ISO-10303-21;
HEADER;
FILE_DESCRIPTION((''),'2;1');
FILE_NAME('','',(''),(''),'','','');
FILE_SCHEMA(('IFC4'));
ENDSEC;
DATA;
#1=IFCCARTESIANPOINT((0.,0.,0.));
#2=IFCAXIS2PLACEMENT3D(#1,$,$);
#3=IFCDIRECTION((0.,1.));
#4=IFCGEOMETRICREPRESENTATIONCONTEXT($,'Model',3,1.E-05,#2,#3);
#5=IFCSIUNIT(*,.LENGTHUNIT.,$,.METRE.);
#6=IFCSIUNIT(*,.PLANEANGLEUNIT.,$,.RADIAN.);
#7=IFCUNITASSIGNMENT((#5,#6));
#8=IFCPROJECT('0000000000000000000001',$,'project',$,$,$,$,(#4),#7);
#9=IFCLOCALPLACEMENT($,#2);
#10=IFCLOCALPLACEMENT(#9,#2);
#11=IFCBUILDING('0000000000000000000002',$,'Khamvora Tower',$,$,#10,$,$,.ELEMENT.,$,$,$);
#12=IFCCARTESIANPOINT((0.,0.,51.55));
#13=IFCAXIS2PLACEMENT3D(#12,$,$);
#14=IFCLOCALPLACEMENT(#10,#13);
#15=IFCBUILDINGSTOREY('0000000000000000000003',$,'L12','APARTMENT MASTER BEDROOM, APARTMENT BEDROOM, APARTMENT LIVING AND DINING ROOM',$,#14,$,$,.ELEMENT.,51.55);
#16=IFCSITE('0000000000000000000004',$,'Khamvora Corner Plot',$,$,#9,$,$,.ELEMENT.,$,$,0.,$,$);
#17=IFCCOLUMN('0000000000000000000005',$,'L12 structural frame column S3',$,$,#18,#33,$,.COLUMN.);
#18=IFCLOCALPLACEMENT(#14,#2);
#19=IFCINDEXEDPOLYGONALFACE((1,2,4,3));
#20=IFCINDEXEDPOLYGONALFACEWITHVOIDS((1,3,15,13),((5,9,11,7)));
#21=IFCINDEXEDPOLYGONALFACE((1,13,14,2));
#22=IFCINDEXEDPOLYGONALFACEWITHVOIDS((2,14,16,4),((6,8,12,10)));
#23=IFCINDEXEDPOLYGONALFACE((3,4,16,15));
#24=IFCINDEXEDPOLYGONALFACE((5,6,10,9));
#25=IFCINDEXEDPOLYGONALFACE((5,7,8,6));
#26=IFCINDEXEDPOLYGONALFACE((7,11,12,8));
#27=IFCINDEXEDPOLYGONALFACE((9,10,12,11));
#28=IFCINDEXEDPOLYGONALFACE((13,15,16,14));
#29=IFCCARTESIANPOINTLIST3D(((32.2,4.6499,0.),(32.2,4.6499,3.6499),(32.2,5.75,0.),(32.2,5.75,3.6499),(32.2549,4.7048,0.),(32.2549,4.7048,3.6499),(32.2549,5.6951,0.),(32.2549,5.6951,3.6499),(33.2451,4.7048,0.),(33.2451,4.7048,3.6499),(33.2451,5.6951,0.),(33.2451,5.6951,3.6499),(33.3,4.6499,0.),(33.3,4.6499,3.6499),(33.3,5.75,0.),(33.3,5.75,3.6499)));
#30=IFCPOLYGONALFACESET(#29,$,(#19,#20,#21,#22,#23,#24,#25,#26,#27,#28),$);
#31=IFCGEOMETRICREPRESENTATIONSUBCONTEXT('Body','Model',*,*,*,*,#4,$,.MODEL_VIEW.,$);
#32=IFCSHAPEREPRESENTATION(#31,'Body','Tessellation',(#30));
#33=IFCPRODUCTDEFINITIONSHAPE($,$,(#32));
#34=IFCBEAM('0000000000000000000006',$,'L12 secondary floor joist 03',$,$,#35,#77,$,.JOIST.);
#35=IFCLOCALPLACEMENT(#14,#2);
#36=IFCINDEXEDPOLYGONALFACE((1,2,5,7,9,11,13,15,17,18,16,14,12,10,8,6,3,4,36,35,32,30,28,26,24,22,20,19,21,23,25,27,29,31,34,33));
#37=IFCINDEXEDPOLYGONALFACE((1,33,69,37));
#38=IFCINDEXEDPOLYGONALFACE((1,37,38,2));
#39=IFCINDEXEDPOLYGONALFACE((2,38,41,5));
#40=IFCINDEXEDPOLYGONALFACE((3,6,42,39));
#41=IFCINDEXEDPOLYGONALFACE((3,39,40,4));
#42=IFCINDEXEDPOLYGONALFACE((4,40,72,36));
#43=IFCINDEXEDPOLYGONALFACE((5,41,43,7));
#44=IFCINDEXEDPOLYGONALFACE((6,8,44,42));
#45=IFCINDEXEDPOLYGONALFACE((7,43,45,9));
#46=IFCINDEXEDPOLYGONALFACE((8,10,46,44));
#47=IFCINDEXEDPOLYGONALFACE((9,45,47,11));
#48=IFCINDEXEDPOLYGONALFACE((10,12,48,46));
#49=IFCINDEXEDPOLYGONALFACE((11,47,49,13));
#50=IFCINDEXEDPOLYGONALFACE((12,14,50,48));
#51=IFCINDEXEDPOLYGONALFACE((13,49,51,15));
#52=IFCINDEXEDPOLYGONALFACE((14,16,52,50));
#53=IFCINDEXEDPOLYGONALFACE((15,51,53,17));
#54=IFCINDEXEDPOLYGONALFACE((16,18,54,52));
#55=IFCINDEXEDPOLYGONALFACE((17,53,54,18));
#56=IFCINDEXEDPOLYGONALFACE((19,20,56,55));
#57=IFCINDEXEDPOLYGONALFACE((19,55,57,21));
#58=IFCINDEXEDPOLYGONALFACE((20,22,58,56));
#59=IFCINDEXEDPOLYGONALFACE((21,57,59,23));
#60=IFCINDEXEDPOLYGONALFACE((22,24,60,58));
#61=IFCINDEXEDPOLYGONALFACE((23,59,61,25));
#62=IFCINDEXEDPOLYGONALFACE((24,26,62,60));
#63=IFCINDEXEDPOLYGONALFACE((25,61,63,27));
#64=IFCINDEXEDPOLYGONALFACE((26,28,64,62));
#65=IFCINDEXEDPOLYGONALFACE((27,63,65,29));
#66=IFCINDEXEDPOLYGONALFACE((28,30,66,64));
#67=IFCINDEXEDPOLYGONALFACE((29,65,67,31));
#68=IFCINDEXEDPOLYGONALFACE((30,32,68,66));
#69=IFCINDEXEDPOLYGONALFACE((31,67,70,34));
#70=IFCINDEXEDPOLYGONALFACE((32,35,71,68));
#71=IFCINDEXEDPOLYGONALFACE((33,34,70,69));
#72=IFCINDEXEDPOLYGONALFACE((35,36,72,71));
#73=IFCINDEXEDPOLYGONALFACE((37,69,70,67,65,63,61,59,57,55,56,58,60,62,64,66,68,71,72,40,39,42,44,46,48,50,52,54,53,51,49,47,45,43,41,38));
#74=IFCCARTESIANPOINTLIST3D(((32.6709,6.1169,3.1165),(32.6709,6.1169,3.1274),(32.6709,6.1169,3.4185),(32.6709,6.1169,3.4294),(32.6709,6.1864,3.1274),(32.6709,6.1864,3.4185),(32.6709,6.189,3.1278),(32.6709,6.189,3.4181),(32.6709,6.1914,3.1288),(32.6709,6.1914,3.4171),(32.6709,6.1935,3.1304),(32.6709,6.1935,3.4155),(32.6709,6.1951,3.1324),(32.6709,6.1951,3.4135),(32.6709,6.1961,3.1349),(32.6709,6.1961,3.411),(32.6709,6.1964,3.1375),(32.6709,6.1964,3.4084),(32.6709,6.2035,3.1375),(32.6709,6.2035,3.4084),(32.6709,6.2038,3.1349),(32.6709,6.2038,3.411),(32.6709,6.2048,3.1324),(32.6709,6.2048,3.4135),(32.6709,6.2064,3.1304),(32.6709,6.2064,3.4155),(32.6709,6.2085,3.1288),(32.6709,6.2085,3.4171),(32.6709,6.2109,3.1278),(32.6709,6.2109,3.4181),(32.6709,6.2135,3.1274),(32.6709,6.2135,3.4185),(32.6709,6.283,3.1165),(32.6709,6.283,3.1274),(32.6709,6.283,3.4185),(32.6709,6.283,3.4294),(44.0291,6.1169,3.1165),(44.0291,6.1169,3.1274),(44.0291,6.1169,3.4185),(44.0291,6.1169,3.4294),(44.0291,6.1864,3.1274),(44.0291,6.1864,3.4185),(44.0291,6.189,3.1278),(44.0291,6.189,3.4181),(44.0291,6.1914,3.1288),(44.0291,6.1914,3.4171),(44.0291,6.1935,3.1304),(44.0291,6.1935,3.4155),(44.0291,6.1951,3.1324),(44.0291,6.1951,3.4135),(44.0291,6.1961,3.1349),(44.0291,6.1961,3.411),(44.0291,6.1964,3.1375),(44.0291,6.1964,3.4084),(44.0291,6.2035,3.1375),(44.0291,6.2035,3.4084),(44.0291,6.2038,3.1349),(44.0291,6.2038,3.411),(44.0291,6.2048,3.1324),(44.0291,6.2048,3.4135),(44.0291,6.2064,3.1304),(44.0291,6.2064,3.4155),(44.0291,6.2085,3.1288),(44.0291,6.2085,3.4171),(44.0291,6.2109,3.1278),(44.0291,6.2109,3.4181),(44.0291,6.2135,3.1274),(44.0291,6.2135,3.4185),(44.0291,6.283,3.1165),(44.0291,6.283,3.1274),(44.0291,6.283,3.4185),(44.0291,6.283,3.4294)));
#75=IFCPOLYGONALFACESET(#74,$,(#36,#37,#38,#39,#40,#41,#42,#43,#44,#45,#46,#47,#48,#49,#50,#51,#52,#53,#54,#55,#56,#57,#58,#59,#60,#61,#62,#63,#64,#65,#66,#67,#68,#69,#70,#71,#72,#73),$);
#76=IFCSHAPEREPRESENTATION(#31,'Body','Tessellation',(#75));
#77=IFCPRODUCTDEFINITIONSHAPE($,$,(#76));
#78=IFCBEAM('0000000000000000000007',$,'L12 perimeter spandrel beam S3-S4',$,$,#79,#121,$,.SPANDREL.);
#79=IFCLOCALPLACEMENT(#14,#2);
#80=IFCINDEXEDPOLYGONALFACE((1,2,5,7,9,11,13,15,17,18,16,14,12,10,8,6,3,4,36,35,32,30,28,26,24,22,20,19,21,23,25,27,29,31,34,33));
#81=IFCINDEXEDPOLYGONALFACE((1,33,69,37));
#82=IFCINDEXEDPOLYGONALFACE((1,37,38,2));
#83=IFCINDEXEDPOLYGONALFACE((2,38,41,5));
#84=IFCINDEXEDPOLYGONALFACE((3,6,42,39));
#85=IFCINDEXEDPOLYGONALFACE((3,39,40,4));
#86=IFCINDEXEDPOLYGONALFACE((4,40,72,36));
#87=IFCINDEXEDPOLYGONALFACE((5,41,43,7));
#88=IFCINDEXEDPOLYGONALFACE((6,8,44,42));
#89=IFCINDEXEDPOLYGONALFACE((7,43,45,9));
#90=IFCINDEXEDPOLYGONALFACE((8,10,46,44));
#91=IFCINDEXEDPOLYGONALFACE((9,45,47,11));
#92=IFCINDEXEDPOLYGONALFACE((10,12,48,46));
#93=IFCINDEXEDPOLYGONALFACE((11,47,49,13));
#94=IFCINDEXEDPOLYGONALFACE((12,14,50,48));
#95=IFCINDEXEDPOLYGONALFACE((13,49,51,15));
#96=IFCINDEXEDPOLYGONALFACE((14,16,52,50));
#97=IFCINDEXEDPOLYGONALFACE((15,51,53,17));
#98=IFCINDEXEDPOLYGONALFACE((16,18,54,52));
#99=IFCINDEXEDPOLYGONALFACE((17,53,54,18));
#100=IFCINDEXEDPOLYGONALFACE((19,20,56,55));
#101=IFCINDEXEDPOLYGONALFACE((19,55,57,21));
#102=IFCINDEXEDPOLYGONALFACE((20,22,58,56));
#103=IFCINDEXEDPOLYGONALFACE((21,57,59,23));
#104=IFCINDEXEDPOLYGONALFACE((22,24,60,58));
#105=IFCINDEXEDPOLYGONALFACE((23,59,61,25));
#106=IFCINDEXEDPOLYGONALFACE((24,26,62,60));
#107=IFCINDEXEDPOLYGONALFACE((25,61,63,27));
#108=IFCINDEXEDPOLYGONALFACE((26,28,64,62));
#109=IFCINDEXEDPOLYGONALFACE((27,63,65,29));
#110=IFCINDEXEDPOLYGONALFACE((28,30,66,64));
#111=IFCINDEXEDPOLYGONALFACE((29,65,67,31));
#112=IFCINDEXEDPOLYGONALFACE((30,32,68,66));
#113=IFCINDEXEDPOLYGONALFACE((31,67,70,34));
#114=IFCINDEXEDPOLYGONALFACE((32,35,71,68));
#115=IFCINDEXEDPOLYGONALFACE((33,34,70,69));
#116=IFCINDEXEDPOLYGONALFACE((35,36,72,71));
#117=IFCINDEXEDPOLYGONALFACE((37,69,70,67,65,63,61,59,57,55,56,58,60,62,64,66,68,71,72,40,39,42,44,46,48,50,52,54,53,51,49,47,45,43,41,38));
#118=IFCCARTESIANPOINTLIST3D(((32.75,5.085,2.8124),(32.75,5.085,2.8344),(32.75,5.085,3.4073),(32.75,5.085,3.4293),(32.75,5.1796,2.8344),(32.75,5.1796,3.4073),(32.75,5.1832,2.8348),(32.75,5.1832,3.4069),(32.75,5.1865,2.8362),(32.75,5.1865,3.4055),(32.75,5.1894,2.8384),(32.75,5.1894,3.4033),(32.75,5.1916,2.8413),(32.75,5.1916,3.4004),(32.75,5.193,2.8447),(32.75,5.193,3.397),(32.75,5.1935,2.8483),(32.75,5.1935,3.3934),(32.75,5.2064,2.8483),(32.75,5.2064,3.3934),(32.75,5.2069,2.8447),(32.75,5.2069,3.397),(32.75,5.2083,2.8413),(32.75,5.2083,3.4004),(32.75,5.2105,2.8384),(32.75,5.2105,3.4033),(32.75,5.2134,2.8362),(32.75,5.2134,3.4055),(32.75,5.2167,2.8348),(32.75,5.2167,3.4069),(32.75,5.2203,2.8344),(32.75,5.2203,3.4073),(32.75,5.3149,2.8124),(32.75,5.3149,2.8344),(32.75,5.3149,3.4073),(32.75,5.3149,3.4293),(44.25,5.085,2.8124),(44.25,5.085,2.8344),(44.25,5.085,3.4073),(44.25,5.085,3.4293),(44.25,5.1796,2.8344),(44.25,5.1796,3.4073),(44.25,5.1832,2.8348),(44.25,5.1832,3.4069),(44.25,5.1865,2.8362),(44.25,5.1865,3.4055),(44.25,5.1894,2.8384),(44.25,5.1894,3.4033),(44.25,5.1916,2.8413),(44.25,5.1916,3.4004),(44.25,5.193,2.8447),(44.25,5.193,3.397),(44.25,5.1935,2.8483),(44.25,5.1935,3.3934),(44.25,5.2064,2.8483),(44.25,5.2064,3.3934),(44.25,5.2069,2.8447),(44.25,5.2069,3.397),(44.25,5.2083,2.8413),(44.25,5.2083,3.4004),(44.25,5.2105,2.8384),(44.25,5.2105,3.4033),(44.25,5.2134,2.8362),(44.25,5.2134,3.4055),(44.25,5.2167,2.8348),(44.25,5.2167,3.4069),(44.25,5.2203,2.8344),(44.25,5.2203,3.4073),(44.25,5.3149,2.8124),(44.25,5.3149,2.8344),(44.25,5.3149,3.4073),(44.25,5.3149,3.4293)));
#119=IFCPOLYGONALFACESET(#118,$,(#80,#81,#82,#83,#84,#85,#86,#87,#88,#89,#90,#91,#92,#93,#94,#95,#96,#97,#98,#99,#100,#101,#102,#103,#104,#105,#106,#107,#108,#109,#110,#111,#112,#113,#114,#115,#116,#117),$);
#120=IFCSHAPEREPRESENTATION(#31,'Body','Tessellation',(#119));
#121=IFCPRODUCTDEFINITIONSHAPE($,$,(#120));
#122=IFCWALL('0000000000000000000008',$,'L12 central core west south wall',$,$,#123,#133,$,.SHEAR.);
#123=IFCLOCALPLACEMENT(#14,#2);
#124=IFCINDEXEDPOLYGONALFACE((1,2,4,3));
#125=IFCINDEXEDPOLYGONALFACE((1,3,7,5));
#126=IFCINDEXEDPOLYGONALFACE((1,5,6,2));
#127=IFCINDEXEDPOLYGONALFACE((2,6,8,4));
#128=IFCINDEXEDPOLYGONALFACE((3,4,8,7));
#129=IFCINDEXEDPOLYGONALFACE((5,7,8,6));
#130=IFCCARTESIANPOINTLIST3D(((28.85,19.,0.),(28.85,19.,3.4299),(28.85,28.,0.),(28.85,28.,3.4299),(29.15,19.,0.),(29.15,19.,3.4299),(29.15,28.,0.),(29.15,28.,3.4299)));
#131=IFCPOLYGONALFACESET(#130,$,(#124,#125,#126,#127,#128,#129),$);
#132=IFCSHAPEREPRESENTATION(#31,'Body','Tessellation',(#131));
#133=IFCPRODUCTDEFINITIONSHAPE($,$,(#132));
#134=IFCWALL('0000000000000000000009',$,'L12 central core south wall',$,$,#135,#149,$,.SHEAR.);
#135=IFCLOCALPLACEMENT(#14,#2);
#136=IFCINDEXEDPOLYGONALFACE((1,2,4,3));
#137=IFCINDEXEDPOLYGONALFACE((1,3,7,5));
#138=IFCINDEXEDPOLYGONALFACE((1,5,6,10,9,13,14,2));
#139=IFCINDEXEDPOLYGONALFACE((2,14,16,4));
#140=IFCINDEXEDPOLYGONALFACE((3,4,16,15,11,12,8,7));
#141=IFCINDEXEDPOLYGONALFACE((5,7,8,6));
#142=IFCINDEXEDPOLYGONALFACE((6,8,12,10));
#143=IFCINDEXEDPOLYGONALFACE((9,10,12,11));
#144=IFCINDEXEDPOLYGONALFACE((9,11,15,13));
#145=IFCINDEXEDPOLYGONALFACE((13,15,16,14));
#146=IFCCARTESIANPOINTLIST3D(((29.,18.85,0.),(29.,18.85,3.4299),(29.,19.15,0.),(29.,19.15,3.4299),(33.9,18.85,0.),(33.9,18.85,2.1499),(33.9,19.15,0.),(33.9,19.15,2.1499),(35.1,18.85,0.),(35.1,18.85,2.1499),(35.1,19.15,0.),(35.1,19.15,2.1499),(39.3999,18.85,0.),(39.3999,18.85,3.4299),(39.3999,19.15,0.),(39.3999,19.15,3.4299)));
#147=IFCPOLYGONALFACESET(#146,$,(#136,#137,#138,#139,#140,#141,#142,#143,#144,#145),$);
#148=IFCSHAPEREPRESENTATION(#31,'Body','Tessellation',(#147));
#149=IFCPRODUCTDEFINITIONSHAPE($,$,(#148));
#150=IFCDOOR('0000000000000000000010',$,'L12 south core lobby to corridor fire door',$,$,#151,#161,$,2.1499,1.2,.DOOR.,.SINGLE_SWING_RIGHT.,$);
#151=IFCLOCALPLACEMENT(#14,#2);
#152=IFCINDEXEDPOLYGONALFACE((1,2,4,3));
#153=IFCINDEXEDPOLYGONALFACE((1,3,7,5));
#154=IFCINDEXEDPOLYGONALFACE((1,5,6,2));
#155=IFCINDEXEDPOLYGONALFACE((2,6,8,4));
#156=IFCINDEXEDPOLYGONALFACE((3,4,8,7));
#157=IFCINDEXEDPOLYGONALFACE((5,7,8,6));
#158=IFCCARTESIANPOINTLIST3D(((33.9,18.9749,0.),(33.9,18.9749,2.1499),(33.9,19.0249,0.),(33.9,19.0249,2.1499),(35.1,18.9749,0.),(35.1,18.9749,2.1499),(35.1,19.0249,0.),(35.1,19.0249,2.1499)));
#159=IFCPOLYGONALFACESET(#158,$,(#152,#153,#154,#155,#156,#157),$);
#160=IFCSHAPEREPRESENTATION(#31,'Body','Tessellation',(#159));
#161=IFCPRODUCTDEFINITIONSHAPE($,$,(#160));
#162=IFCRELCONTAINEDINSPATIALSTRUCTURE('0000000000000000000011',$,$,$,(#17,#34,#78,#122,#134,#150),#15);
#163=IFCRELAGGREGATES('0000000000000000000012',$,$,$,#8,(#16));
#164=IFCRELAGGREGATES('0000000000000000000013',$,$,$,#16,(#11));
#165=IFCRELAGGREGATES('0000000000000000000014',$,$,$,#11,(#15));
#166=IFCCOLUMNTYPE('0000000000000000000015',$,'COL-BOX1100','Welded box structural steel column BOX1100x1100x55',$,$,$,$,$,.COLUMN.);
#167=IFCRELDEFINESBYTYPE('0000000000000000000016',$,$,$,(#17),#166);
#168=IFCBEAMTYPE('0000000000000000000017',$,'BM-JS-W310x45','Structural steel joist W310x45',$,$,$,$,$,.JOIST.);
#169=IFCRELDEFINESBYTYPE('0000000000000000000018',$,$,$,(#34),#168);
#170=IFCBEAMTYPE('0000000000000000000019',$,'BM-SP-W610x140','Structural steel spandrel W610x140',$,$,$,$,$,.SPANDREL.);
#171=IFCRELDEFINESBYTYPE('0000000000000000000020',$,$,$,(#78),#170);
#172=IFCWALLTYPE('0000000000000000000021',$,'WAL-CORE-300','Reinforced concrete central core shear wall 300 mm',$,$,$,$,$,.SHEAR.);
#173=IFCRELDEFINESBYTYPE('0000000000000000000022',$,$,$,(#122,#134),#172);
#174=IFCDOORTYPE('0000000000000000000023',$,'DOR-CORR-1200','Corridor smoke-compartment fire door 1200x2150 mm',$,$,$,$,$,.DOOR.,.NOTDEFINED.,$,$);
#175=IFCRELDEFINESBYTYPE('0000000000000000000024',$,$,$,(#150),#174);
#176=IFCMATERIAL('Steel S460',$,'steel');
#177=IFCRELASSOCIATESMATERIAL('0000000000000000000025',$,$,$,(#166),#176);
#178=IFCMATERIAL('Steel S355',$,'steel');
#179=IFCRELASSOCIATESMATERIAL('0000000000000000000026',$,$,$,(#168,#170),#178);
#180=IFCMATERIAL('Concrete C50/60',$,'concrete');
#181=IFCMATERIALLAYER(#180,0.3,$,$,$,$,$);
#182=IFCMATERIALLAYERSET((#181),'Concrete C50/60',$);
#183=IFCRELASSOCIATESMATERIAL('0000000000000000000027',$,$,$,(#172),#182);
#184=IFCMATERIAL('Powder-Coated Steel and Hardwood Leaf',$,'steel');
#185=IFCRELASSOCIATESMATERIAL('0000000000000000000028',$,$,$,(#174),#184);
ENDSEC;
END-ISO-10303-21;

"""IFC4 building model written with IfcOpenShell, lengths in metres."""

from ifc_helpers import new_model, si_unit, direction, frame, frame_2d, origin, origin_2d, place, context, subcontext, project, spatial, rectangle, hollow_rectangle, i_section, extrude, material, layer, layer_set, material_profile, profile_set, type_object, element, fill, save


model = new_model("IFC4")

# Units and contexts
model_context = context("Model", 3, precision=1e-05, world=origin(), true_north=direction((0.0, 1.0)))
body_context = subcontext(model_context, "Body", "Model", "MODEL_VIEW")
ifc_project = project(units=[si_unit("LENGTHUNIT", "METRE"), si_unit("PLANEANGLEUNIT", "RADIAN")], contexts=[model_context])

# Site, building, storey
site_placement = place(None, origin())
site = spatial("IfcSite", under=ifc_project, at=site_placement, Name="Khamvora Corner Plot", CompositionType="ELEMENT", RefElevation=0.0)
building_placement = place(site_placement, origin())
building = spatial("IfcBuilding", under=site, at=building_placement, Name="Khamvora Tower", CompositionType="ELEMENT")
storey_placement = place(building_placement, frame((0.0, 0.0, 51.55)))
storey = spatial("IfcBuildingStorey", under=building, at=storey_placement, Name="L12", Description="APARTMENT MASTER BEDROOM, APARTMENT BEDROOM, APARTMENT LIVING AND DINING ROOM", CompositionType="ELEMENT", Elevation=51.55)

# Column
ifc_material_1 = material(Name="Steel S460", Category="steel")
ifc_material_profile_1 = material_profile(ifc_material_1, hollow_rectangle(XDim=1.1001, YDim=1.1001, WallThickness=0.0549, at=origin_2d()), Name="BOX1100x1100x55")
ifc_profile_set_1 = profile_set([ifc_material_profile_1], Name="Steel S460")
column_type = type_object("IfcColumnType", Name="COL-BOX1100", Description="Welded box structural steel column BOX1100x1100x55", PredefinedType="COLUMN", material=ifc_profile_set_1)
column_placement = place(storey_placement, frame((32.75, 5.2, 0.0), z_axis=(0.0, 0.0, 1.0), x_axis=(1.0, 0.0, 0.0)))
element("IfcColumn", 1, at=column_placement, inside=storey, type_object=column_type, Name="L12 structural frame column S3", PredefinedType="COLUMN", context=body_context, shape_type="SweptSolid", body=[
    extrude(hollow_rectangle(XDim=1.1001, YDim=1.1001, WallThickness=0.0549, at=origin_2d()), origin(), (0.0, 0.0, 1.0), 3.6499),
])

# Beams
ifc_material_2 = material(Name="Steel S355", Category="steel")
ifc_material_profile_2 = material_profile(ifc_material_2, i_section(OverallWidth=0.166, OverallDepth=0.313, WebThickness=0.0071, FlangeThickness=0.011, FilletRadius=0.01, at=origin_2d()), Name="W310x45")
ifc_profile_set_2 = profile_set([ifc_material_profile_2], Name="Steel S355")
beam_type_1 = type_object("IfcBeamType", Name="BM-JS-W310x45", Description="Structural steel joist W310x45", PredefinedType="JOIST", material=ifc_profile_set_2)
beam_1_placement = place(storey_placement, frame((32.6709, 6.2, 3.2729), z_axis=(1.0, 0.0, 0.0), x_axis=(0.0, 1.0, 0.0)))
element("IfcBeam", 2, at=beam_1_placement, inside=storey, type_object=beam_type_1, Name="L12 secondary floor joist 03", PredefinedType="JOIST", context=body_context, shape_type="SweptSolid", body=[
    extrude(i_section(OverallWidth=0.166, OverallDepth=0.313, WebThickness=0.0071, FlangeThickness=0.011, FilletRadius=0.01, at=origin_2d()), origin(), (0.0, 0.0, 1.0), 11.3582),
])
ifc_material_profile_3 = material_profile(ifc_material_2, i_section(OverallWidth=0.23, OverallDepth=0.6169, WebThickness=0.0129, FlangeThickness=0.022, FilletRadius=0.0139, at=origin_2d()), Name="W610x140")
ifc_profile_set_3 = profile_set([ifc_material_profile_3], Name="Steel S355")
beam_type_2 = type_object("IfcBeamType", Name="BM-SP-W610x140", Description="Structural steel spandrel W610x140", PredefinedType="SPANDREL", material=ifc_profile_set_3)
beam_2_placement = place(storey_placement, frame((32.75, 5.2, 3.1208), z_axis=(1.0, 0.0, 0.0), x_axis=(0.0, 1.0, 0.0)))
element("IfcBeam", 3, at=beam_2_placement, inside=storey, type_object=beam_type_2, Name="L12 perimeter spandrel beam S3-S4", PredefinedType="SPANDREL", context=body_context, shape_type="SweptSolid", body=[
    extrude(i_section(OverallWidth=0.23, OverallDepth=0.6169, WebThickness=0.0129, FlangeThickness=0.022, FilletRadius=0.0139, at=origin_2d()), origin(), (0.0, 0.0, 1.0), 11.5),
])

# Wall
ifc_material_3 = material(Name="Concrete C50/60", Category="concrete")
ifc_layer_1 = layer(ifc_material_3, 0.3)
ifc_layer_set_1 = layer_set([ifc_layer_1], Name="Concrete C50/60")
wall_type_1 = type_object("IfcWallType", Name="WAL-CORE-300", Description="Reinforced concrete central core shear wall 300 mm", PredefinedType="SHEAR", material=ifc_layer_set_1)
wall_1_placement = place(storey_placement, frame((29.0, 19.0, 0.0), z_axis=(0.0, 0.0, 1.0), x_axis=(0.0, 1.0, 0.0)))
element("IfcWall", 4, at=wall_1_placement, inside=storey, type_object=wall_type_1, Name="L12 central core west south wall", PredefinedType="SHEAR", context=body_context, shape_type="SweptSolid", body=[
    extrude(rectangle(XDim=9.0, YDim=0.3, at=frame_2d((4.5, 0.0))), origin(), (0.0, 0.0, 1.0), 3.4299),
])

# Wall, opening, door
wall_2_placement = place(storey_placement, frame((29.0, 19.0, 0.0), z_axis=(0.0, 0.0, 1.0), x_axis=(1.0, 0.0, 0.0)))
wall_2 = element("IfcWall", 5, at=wall_2_placement, inside=storey, type_object=wall_type_1, Name="L12 central core south wall", PredefinedType="SHEAR", context=body_context, shape_type="SweptSolid", body=[
    extrude(rectangle(XDim=10.3999, YDim=0.3, at=frame_2d((5.2, 0.0))), origin(), (0.0, 0.0, 1.0), 3.4299),
])
opening_1_placement = place(wall_2_placement, frame((4.8999, 0.0, 0.0)))
opening_1 = element("IfcOpeningElement", 6, at=opening_1_placement, cuts=wall_2, PredefinedType="OPENING", context=body_context, shape_type="SweptSolid", body=[
    extrude(rectangle(XDim=1.2, YDim=2.1499, at=frame_2d((0.6001, 1.075))), frame((0.0, 0.1599, 0.0), z_axis=(0.0, -1.0, 0.0), x_axis=(1.0, 0.0, 0.0)), (0.0, 0.0, 1.0), 0.3201),
])
ifc_material_4 = material(Name="Powder-Coated Steel and Hardwood Leaf", Category="steel")
door_type_1 = type_object("IfcDoorType", Name="DOR-CORR-1200", Description="Corridor smoke-compartment fire door 1200x2150 mm", OperationType="NOTDEFINED", PredefinedType="DOOR", material=ifc_material_4)
door_1_placement = place(opening_1_placement, origin())
door_1 = element("IfcDoor", 7, at=door_1_placement, inside=storey, type_object=door_type_1, Name="L12 south core lobby to corridor fire door", OperationType="SINGLE_SWING_RIGHT", OverallHeight=2.1499, OverallWidth=1.2, PredefinedType="DOOR", context=body_context, shape_type="SweptSolid", body=[
    extrude(rectangle(XDim=1.2, YDim=2.1499, at=frame_2d((0.6001, 1.075))), frame((0.0, 0.0249, 0.0), z_axis=(0.0, -1.0, 0.0), x_axis=(1.0, 0.0, 0.0)), (0.0, 0.0, 1.0), 0.05),
])
fill(opening_1, door_1)

save(model, "model.ifc")
